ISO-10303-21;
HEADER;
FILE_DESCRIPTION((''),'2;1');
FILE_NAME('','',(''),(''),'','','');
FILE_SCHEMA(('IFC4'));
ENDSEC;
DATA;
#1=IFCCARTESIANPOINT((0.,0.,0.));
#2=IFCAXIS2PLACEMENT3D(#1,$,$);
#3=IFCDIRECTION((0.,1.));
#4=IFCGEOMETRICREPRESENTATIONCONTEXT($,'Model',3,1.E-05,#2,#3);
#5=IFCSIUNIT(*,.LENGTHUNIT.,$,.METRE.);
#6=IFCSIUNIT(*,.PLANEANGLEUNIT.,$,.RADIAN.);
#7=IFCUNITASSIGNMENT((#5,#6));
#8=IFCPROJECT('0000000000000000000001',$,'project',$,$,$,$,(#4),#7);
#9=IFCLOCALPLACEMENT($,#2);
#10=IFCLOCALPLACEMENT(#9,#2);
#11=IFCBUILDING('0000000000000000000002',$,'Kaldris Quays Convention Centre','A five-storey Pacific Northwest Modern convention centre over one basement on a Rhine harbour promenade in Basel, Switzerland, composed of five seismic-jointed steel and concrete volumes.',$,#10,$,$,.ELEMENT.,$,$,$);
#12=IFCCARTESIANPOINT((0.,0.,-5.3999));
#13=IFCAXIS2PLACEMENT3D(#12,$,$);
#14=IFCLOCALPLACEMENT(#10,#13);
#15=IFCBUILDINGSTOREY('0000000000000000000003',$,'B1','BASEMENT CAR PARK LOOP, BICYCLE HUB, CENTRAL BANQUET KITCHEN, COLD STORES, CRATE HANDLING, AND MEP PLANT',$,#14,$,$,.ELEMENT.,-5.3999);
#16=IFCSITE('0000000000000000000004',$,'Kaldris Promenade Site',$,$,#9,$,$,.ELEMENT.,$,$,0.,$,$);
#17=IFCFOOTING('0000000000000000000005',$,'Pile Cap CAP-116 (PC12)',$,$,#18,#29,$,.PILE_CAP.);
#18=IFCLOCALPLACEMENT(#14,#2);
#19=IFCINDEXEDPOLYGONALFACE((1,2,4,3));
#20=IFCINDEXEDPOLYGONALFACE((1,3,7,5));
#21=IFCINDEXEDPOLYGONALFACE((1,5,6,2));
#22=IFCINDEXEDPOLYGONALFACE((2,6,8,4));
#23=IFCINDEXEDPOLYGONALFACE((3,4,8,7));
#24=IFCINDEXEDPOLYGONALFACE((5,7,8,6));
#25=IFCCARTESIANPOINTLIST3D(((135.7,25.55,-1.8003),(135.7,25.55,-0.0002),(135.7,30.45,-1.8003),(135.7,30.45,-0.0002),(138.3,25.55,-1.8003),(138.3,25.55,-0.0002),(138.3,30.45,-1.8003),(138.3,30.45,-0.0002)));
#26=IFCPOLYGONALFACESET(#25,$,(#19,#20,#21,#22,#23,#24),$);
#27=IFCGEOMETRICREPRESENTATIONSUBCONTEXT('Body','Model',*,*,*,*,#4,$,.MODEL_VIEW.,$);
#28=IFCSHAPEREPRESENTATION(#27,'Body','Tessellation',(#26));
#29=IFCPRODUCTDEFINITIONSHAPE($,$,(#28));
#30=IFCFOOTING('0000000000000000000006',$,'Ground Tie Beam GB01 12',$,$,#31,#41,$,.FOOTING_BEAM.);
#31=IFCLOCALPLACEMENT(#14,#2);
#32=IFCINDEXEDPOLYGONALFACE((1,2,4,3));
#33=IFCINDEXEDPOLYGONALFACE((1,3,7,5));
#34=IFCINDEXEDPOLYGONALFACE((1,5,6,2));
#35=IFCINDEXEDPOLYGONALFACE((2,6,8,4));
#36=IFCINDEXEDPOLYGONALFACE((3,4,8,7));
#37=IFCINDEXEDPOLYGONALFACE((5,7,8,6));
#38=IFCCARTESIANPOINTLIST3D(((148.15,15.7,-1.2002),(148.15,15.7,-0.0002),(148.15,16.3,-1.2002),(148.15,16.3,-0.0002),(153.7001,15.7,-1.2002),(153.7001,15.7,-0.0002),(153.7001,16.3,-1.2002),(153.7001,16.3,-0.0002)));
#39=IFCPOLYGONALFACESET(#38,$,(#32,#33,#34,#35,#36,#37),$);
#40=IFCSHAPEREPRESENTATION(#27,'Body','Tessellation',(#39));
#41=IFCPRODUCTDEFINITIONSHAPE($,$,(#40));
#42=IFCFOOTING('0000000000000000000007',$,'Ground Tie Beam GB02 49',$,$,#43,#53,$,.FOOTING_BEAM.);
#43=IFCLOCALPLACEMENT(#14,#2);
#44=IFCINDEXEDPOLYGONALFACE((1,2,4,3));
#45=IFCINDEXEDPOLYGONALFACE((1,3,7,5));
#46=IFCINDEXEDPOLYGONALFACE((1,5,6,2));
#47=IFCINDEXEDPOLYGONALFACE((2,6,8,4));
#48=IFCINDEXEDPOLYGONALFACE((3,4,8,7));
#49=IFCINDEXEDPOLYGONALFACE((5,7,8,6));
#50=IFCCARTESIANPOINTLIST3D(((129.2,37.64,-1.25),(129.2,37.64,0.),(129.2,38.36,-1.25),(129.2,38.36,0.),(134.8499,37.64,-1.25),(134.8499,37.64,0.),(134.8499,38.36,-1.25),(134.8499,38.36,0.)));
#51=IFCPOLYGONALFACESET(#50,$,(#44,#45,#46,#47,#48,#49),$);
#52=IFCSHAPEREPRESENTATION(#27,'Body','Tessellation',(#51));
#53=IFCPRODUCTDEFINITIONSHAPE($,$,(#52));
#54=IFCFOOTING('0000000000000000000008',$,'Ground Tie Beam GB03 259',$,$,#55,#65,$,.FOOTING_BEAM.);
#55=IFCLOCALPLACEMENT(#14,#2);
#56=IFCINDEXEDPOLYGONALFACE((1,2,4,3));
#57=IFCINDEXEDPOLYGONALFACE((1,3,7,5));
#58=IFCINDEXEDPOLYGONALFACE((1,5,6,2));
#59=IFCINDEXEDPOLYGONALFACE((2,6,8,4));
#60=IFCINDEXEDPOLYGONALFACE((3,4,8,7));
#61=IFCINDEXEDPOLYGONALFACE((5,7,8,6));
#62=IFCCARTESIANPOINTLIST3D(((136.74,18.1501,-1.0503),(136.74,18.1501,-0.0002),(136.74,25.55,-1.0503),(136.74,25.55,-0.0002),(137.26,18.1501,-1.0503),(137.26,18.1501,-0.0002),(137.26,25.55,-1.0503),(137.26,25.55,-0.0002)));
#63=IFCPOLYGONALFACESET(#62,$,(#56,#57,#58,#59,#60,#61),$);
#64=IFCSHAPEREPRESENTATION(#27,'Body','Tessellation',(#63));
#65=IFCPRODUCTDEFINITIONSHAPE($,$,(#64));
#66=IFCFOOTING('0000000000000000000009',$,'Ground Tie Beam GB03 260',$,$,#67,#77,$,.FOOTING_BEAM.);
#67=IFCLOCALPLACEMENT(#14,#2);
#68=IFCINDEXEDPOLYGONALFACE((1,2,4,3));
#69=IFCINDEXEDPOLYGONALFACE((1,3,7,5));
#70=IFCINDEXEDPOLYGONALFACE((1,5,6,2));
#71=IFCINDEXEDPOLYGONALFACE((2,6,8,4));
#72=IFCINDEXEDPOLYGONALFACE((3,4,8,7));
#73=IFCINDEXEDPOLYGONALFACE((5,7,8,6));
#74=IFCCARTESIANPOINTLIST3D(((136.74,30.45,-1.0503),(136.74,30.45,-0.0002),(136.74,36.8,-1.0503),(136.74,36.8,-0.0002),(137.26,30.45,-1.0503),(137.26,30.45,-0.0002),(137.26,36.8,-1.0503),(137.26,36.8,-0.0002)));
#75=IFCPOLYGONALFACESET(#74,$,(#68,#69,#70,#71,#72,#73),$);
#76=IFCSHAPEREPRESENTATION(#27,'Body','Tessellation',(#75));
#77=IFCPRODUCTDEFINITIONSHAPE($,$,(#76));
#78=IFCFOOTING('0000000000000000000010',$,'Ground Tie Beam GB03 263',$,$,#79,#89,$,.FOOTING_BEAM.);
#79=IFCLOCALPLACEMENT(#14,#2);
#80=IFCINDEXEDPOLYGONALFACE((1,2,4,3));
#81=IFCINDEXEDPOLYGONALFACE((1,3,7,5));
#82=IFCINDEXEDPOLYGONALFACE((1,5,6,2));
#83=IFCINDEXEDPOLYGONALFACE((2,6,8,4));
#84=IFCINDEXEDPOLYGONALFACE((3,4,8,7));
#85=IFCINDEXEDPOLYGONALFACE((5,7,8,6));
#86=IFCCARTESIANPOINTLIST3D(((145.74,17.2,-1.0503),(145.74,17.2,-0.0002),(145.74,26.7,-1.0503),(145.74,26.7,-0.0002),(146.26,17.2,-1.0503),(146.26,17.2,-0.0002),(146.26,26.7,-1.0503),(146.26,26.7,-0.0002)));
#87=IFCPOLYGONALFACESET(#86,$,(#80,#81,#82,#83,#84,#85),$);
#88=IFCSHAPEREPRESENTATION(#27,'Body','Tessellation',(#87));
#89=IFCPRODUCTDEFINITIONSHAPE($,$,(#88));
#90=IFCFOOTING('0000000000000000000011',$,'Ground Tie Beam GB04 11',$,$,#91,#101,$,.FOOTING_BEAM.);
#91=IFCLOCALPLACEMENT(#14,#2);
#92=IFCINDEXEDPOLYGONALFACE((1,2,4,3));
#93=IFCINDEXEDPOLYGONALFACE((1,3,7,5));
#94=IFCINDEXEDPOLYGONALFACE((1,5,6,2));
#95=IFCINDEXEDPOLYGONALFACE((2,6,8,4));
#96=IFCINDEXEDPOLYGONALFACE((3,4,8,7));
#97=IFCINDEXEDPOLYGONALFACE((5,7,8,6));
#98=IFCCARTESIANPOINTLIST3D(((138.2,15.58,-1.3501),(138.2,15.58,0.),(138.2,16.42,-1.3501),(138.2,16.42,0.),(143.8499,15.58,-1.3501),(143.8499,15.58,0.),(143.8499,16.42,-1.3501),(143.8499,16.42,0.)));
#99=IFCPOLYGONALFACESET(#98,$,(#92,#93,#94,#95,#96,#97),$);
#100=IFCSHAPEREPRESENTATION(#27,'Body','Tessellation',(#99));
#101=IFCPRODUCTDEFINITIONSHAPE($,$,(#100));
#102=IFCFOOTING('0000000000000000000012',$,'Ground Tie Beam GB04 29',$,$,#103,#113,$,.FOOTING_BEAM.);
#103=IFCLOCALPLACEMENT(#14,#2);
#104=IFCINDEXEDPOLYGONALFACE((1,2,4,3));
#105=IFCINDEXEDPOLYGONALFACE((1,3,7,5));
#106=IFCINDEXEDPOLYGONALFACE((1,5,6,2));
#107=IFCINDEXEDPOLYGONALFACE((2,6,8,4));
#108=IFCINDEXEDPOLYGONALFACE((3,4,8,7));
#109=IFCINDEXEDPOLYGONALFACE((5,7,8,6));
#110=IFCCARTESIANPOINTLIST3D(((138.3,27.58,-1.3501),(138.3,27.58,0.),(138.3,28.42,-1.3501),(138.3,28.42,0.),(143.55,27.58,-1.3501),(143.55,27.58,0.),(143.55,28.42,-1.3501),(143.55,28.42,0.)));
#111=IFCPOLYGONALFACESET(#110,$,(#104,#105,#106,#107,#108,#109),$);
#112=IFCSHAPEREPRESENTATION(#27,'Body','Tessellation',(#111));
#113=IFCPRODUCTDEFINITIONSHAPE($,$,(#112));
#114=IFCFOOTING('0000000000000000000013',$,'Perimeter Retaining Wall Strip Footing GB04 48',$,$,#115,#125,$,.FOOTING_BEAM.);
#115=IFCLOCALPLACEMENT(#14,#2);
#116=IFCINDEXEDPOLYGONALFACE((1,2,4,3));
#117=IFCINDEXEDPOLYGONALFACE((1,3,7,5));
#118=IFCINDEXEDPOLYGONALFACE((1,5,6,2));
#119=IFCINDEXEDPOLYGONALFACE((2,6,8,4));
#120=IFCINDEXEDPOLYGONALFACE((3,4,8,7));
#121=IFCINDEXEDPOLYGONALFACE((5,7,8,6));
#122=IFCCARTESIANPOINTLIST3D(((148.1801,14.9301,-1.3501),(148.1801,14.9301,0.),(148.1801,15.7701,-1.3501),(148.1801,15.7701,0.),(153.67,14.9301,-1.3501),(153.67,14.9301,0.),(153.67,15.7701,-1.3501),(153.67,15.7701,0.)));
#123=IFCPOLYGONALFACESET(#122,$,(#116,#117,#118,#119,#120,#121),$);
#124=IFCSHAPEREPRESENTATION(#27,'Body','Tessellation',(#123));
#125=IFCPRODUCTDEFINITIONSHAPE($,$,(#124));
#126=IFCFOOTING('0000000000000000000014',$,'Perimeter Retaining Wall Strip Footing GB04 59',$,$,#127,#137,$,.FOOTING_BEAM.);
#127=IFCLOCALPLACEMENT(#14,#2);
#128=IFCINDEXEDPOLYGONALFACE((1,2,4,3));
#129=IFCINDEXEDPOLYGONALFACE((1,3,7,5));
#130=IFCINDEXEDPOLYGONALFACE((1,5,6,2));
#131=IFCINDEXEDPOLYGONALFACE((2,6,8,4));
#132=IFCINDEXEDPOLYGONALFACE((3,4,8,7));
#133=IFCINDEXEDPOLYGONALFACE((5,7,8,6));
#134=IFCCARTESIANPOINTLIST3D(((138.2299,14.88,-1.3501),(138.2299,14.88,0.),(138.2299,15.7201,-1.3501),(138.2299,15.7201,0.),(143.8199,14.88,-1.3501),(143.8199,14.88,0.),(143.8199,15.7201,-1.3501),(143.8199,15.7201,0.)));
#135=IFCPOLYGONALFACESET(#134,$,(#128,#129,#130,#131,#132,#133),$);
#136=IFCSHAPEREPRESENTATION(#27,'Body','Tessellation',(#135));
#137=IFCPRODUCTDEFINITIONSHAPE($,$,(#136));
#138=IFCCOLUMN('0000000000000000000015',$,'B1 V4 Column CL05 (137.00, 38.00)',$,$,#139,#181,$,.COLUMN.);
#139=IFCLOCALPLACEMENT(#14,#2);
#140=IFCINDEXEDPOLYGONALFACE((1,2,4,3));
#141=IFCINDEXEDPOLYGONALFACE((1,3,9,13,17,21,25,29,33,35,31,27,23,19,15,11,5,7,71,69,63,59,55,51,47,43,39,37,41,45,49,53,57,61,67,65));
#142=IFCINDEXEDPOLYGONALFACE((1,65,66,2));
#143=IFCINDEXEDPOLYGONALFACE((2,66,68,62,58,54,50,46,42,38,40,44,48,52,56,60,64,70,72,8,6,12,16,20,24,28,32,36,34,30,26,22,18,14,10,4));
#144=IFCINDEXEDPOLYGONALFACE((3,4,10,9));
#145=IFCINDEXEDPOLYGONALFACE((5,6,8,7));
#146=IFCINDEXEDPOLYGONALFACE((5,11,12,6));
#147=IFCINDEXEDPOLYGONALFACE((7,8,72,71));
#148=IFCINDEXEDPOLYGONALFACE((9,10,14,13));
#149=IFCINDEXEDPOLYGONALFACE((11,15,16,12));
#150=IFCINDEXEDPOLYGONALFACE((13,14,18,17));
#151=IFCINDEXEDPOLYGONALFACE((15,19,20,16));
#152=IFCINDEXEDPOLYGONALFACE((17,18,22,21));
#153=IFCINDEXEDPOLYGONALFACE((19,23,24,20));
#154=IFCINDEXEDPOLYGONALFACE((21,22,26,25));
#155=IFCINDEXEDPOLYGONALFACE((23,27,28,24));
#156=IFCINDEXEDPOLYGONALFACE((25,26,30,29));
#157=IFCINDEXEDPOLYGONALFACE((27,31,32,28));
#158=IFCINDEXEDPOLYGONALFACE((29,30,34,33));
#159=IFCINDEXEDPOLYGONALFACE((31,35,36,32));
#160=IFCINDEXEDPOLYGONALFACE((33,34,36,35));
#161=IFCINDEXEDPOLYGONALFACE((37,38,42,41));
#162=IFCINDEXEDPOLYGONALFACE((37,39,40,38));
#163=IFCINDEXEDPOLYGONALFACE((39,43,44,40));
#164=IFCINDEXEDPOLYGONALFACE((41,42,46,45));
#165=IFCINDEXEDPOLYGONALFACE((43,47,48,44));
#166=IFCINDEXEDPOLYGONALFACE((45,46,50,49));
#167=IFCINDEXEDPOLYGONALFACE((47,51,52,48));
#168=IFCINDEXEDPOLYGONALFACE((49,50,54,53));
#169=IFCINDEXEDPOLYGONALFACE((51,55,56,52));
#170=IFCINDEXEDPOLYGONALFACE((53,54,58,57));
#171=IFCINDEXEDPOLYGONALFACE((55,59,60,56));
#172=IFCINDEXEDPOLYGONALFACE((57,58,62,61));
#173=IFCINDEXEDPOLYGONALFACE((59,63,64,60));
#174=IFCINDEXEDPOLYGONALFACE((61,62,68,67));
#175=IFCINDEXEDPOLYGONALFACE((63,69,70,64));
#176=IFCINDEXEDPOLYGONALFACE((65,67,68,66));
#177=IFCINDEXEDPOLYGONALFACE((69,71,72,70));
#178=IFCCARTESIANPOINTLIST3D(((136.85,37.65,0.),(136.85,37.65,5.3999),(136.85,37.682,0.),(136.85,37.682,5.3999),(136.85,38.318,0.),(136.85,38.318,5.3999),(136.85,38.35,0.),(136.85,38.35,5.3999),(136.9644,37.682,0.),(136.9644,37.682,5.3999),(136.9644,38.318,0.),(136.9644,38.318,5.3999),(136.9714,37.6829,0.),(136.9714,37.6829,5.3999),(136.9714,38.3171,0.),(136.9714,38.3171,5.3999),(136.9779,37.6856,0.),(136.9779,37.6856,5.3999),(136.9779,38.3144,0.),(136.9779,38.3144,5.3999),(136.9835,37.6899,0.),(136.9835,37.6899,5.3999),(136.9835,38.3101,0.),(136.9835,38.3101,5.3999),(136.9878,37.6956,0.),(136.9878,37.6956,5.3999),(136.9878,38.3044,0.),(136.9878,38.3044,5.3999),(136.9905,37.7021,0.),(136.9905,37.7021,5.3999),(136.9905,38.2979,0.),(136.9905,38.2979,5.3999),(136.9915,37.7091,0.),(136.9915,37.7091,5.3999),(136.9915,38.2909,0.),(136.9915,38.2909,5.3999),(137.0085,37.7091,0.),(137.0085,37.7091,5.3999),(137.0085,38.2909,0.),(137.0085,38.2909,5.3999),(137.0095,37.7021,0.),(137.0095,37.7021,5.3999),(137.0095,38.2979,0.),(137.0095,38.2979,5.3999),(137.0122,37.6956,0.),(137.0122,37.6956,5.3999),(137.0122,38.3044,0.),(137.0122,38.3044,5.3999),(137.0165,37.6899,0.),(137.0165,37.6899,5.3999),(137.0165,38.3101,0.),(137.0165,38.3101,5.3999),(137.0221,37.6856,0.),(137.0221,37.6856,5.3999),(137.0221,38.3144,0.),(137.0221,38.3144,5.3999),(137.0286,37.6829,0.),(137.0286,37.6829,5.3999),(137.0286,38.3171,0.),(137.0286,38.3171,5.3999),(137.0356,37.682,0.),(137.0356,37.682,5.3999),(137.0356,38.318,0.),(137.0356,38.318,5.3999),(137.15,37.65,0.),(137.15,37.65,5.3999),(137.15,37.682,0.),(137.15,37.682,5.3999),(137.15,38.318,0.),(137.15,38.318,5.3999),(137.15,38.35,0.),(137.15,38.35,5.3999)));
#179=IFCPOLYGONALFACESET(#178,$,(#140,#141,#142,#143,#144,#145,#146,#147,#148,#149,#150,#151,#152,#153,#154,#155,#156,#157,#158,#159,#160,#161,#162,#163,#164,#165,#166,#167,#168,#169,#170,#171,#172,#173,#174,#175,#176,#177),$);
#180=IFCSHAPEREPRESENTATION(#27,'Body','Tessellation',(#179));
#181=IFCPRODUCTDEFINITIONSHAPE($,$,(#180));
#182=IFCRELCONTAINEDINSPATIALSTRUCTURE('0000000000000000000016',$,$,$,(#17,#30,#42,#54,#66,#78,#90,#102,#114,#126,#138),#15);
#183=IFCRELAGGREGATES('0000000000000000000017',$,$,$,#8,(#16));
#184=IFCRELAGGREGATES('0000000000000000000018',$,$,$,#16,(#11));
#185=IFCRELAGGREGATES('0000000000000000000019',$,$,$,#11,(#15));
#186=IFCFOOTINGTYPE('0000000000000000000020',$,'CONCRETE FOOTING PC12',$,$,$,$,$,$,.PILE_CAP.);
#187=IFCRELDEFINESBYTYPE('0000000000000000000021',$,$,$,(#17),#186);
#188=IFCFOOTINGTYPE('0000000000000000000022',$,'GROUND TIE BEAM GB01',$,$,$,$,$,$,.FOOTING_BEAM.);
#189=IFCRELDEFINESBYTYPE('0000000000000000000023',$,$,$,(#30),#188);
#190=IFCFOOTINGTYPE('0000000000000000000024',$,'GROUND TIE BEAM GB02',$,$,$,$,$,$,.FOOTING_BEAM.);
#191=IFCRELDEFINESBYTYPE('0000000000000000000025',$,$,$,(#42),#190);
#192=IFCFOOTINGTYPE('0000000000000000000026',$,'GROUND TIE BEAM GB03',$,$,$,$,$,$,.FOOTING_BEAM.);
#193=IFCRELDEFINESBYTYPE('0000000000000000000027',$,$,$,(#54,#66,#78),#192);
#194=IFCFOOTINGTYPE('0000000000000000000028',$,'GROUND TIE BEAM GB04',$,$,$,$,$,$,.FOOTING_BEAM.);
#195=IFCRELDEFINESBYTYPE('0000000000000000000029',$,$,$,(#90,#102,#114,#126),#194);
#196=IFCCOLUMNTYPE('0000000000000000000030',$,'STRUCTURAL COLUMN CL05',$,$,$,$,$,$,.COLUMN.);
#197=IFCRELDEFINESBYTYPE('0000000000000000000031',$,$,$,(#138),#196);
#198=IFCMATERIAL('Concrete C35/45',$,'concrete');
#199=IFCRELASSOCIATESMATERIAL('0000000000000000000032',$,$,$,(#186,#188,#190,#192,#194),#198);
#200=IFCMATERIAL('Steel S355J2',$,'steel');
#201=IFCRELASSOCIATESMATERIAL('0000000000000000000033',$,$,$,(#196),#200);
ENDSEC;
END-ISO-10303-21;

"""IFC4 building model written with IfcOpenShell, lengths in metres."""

from ifc_helpers import new_model, si_unit, direction, frame, origin, origin_2d, place, context, subcontext, project, spatial, rectangle, i_section, extrude, material, material_profile, profile_set, type_object, element, save


model = new_model("IFC4")

# Units and contexts
model_context = context("Model", 3, precision=1e-05, world=origin(), true_north=direction((0.0, 1.0)))
body_context = subcontext(model_context, "Body", "Model", "MODEL_VIEW")
ifc_project = project(units=[si_unit("LENGTHUNIT", "METRE"), si_unit("PLANEANGLEUNIT", "RADIAN")], contexts=[model_context])

# Site, building, storey
site_placement = place(None, origin())
site = spatial("IfcSite", under=ifc_project, at=site_placement, Name="Kaldris Promenade Site", CompositionType="ELEMENT", RefElevation=0.0)
building_placement = place(site_placement, origin())
building = spatial("IfcBuilding", under=site, at=building_placement, Name="Kaldris Quays Convention Centre", Description="A five-storey Pacific Northwest Modern convention centre over one basement on a Rhine harbour promenade in Basel, Switzerland, composed of five seismic-jointed steel and concrete volumes.", CompositionType="ELEMENT")
storey_placement = place(building_placement, frame((0.0, 0.0, -5.3999)))
storey = spatial("IfcBuildingStorey", under=building, at=storey_placement, Name="B1", Description="BASEMENT CAR PARK LOOP, BICYCLE HUB, CENTRAL BANQUET KITCHEN, COLD STORES, CRATE HANDLING, AND MEP PLANT", CompositionType="ELEMENT", Elevation=-5.3999)

# Shared definitions
ifc_material_1 = material(Name="Concrete C35/45", Category="concrete")

# Footings
footing_type_1 = type_object("IfcFootingType", Name="CONCRETE FOOTING PC12", PredefinedType="PILE_CAP", material=ifc_material_1)
footing_1_placement = place(storey_placement, frame((137.0, 28.0, -1.8003), z_axis=(0.0, 0.0, 1.0), x_axis=(1.0, 0.0, 0.0)))
element("IfcFooting", 1, at=footing_1_placement, inside=storey, type_object=footing_type_1, Name="Pile Cap CAP-116 (PC12)", PredefinedType="PILE_CAP", context=body_context, shape_type="SweptSolid", body=[
    extrude(rectangle(XDim=2.6001, YDim=4.8999, at=origin_2d()), origin(), (0.0, 0.0, 1.0), 1.8),
])
footing_type_2 = type_object("IfcFootingType", Name="GROUND TIE BEAM GB01", PredefinedType="FOOTING_BEAM", material=ifc_material_1)
footing_2_placement = place(storey_placement, frame((150.925, 16.0, -1.2002), z_axis=(0.0, 0.0, 1.0), x_axis=(1.0, 0.0, 0.0)))
element("IfcFooting", 2, at=footing_2_placement, inside=storey, type_object=footing_type_2, Name="Ground Tie Beam GB01 12", PredefinedType="FOOTING_BEAM", context=body_context, shape_type="SweptSolid", body=[
    extrude(rectangle(XDim=5.55, YDim=0.6001, at=origin_2d()), origin(), (0.0, 0.0, 1.0), 1.2),
])
footing_type_3 = type_object("IfcFootingType", Name="GROUND TIE BEAM GB02", PredefinedType="FOOTING_BEAM", material=ifc_material_1)
footing_3_placement = place(storey_placement, frame((132.0249, 38.0, -1.25), z_axis=(0.0, 0.0, 1.0), x_axis=(1.0, 0.0, 0.0)))
element("IfcFooting", 3, at=footing_3_placement, inside=storey, type_object=footing_type_3, Name="Ground Tie Beam GB02 49", PredefinedType="FOOTING_BEAM", context=body_context, shape_type="SweptSolid", body=[
    extrude(rectangle(XDim=5.6499, YDim=0.72, at=origin_2d()), origin(), (0.0, 0.0, 1.0), 1.25),
])
footing_type_4 = type_object("IfcFootingType", Name="GROUND TIE BEAM GB03", PredefinedType="FOOTING_BEAM", material=ifc_material_1)
footing_4_placement = place(storey_placement, frame((137.0, 21.8501, -1.0503), z_axis=(0.0, 0.0, 1.0), x_axis=(1.0, 0.0, 0.0)))
element("IfcFooting", 4, at=footing_4_placement, inside=storey, type_object=footing_type_4, Name="Ground Tie Beam GB03 259", PredefinedType="FOOTING_BEAM", context=body_context, shape_type="SweptSolid", body=[
    extrude(rectangle(XDim=0.52, YDim=7.3999, at=origin_2d()), origin(), (0.0, 0.0, 1.0), 1.05),
])
footing_5_placement = place(storey_placement, frame((137.0, 33.625, -1.0503), z_axis=(0.0, 0.0, 1.0), x_axis=(1.0, 0.0, 0.0)))
element("IfcFooting", 5, at=footing_5_placement, inside=storey, type_object=footing_type_4, Name="Ground Tie Beam GB03 260", PredefinedType="FOOTING_BEAM", context=body_context, shape_type="SweptSolid", body=[
    extrude(rectangle(XDim=0.52, YDim=6.3501, at=origin_2d()), origin(), (0.0, 0.0, 1.0), 1.05),
])
footing_6_placement = place(storey_placement, frame((146.0, 21.95, -1.0503), z_axis=(0.0, 0.0, 1.0), x_axis=(1.0, 0.0, 0.0)))
element("IfcFooting", 6, at=footing_6_placement, inside=storey, type_object=footing_type_4, Name="Ground Tie Beam GB03 263", PredefinedType="FOOTING_BEAM", context=body_context, shape_type="SweptSolid", body=[
    extrude(rectangle(XDim=0.52, YDim=9.5, at=origin_2d()), origin(), (0.0, 0.0, 1.0), 1.05),
])
footing_type_5 = type_object("IfcFootingType", Name="GROUND TIE BEAM GB04", PredefinedType="FOOTING_BEAM", material=ifc_material_1)
footing_7_placement = place(storey_placement, frame((141.0249, 16.0, -1.3501), z_axis=(0.0, 0.0, 1.0), x_axis=(1.0, 0.0, 0.0)))
element("IfcFooting", 7, at=footing_7_placement, inside=storey, type_object=footing_type_5, Name="Ground Tie Beam GB04 11", PredefinedType="FOOTING_BEAM", context=body_context, shape_type="SweptSolid", body=[
    extrude(rectangle(XDim=5.6499, YDim=0.8401, at=origin_2d()), origin(), (0.0, 0.0, 1.0), 1.3501),
])
footing_8_placement = place(storey_placement, frame((140.925, 28.0, -1.3501), z_axis=(0.0, 0.0, 1.0), x_axis=(1.0, 0.0, 0.0)))
element("IfcFooting", 8, at=footing_8_placement, inside=storey, type_object=footing_type_5, Name="Ground Tie Beam GB04 29", PredefinedType="FOOTING_BEAM", context=body_context, shape_type="SweptSolid", body=[
    extrude(rectangle(XDim=5.25, YDim=0.8401, at=origin_2d()), origin(), (0.0, 0.0, 1.0), 1.3501),
])
footing_9_placement = place(storey_placement, frame((150.925, 15.3501, -1.3501), z_axis=(0.0, 0.0, 1.0), x_axis=(1.0, 0.0, 0.0)))
element("IfcFooting", 9, at=footing_9_placement, inside=storey, type_object=footing_type_5, Name="Perimeter Retaining Wall Strip Footing GB04 48", PredefinedType="FOOTING_BEAM", context=body_context, shape_type="SweptSolid", body=[
    extrude(rectangle(XDim=5.49, YDim=0.8401, at=origin_2d()), origin(), (0.0, 0.0, 1.0), 1.3501),
])
footing_10_placement = place(storey_placement, frame((141.0249, 15.3, -1.3501), z_axis=(0.0, 0.0, 1.0), x_axis=(1.0, 0.0, 0.0)))
element("IfcFooting", 10, at=footing_10_placement, inside=storey, type_object=footing_type_5, Name="Perimeter Retaining Wall Strip Footing GB04 59", PredefinedType="FOOTING_BEAM", context=body_context, shape_type="SweptSolid", body=[
    extrude(rectangle(XDim=5.5901, YDim=0.8401, at=origin_2d()), origin(), (0.0, 0.0, 1.0), 1.3501),
])

# Column
ifc_material_2 = material(Name="Steel S355J2", Category="steel")
ifc_material_profile_1 = material_profile(ifc_material_2, i_section(OverallWidth=0.3, OverallDepth=0.7, WebThickness=0.0171, FlangeThickness=0.032, FilletRadius=0.0271, at=origin_2d()), Name="HEB 700")
ifc_profile_set_1 = profile_set([ifc_material_profile_1], Name="Steel S355J2")
column_type_1 = type_object("IfcColumnType", Name="STRUCTURAL COLUMN CL05", PredefinedType="COLUMN", material=ifc_profile_set_1)
column_placement = place(storey_placement, frame((137.0, 38.0, 0.0), z_axis=(0.0, 0.0, 1.0), x_axis=(1.0, 0.0, 0.0)))
element("IfcColumn", 11, at=column_placement, inside=storey, type_object=column_type_1, Name="B1 V4 Column CL05 (137.00, 38.00)", PredefinedType="COLUMN", context=body_context, shape_type="SweptSolid", body=[
    extrude(i_section(OverallWidth=0.3, OverallDepth=0.7, WebThickness=0.0171, FlangeThickness=0.032, FilletRadius=0.0271, at=origin_2d()), origin(), (0.0, 0.0, 1.0), 5.3999),
])

save(model, "model.ifc")
